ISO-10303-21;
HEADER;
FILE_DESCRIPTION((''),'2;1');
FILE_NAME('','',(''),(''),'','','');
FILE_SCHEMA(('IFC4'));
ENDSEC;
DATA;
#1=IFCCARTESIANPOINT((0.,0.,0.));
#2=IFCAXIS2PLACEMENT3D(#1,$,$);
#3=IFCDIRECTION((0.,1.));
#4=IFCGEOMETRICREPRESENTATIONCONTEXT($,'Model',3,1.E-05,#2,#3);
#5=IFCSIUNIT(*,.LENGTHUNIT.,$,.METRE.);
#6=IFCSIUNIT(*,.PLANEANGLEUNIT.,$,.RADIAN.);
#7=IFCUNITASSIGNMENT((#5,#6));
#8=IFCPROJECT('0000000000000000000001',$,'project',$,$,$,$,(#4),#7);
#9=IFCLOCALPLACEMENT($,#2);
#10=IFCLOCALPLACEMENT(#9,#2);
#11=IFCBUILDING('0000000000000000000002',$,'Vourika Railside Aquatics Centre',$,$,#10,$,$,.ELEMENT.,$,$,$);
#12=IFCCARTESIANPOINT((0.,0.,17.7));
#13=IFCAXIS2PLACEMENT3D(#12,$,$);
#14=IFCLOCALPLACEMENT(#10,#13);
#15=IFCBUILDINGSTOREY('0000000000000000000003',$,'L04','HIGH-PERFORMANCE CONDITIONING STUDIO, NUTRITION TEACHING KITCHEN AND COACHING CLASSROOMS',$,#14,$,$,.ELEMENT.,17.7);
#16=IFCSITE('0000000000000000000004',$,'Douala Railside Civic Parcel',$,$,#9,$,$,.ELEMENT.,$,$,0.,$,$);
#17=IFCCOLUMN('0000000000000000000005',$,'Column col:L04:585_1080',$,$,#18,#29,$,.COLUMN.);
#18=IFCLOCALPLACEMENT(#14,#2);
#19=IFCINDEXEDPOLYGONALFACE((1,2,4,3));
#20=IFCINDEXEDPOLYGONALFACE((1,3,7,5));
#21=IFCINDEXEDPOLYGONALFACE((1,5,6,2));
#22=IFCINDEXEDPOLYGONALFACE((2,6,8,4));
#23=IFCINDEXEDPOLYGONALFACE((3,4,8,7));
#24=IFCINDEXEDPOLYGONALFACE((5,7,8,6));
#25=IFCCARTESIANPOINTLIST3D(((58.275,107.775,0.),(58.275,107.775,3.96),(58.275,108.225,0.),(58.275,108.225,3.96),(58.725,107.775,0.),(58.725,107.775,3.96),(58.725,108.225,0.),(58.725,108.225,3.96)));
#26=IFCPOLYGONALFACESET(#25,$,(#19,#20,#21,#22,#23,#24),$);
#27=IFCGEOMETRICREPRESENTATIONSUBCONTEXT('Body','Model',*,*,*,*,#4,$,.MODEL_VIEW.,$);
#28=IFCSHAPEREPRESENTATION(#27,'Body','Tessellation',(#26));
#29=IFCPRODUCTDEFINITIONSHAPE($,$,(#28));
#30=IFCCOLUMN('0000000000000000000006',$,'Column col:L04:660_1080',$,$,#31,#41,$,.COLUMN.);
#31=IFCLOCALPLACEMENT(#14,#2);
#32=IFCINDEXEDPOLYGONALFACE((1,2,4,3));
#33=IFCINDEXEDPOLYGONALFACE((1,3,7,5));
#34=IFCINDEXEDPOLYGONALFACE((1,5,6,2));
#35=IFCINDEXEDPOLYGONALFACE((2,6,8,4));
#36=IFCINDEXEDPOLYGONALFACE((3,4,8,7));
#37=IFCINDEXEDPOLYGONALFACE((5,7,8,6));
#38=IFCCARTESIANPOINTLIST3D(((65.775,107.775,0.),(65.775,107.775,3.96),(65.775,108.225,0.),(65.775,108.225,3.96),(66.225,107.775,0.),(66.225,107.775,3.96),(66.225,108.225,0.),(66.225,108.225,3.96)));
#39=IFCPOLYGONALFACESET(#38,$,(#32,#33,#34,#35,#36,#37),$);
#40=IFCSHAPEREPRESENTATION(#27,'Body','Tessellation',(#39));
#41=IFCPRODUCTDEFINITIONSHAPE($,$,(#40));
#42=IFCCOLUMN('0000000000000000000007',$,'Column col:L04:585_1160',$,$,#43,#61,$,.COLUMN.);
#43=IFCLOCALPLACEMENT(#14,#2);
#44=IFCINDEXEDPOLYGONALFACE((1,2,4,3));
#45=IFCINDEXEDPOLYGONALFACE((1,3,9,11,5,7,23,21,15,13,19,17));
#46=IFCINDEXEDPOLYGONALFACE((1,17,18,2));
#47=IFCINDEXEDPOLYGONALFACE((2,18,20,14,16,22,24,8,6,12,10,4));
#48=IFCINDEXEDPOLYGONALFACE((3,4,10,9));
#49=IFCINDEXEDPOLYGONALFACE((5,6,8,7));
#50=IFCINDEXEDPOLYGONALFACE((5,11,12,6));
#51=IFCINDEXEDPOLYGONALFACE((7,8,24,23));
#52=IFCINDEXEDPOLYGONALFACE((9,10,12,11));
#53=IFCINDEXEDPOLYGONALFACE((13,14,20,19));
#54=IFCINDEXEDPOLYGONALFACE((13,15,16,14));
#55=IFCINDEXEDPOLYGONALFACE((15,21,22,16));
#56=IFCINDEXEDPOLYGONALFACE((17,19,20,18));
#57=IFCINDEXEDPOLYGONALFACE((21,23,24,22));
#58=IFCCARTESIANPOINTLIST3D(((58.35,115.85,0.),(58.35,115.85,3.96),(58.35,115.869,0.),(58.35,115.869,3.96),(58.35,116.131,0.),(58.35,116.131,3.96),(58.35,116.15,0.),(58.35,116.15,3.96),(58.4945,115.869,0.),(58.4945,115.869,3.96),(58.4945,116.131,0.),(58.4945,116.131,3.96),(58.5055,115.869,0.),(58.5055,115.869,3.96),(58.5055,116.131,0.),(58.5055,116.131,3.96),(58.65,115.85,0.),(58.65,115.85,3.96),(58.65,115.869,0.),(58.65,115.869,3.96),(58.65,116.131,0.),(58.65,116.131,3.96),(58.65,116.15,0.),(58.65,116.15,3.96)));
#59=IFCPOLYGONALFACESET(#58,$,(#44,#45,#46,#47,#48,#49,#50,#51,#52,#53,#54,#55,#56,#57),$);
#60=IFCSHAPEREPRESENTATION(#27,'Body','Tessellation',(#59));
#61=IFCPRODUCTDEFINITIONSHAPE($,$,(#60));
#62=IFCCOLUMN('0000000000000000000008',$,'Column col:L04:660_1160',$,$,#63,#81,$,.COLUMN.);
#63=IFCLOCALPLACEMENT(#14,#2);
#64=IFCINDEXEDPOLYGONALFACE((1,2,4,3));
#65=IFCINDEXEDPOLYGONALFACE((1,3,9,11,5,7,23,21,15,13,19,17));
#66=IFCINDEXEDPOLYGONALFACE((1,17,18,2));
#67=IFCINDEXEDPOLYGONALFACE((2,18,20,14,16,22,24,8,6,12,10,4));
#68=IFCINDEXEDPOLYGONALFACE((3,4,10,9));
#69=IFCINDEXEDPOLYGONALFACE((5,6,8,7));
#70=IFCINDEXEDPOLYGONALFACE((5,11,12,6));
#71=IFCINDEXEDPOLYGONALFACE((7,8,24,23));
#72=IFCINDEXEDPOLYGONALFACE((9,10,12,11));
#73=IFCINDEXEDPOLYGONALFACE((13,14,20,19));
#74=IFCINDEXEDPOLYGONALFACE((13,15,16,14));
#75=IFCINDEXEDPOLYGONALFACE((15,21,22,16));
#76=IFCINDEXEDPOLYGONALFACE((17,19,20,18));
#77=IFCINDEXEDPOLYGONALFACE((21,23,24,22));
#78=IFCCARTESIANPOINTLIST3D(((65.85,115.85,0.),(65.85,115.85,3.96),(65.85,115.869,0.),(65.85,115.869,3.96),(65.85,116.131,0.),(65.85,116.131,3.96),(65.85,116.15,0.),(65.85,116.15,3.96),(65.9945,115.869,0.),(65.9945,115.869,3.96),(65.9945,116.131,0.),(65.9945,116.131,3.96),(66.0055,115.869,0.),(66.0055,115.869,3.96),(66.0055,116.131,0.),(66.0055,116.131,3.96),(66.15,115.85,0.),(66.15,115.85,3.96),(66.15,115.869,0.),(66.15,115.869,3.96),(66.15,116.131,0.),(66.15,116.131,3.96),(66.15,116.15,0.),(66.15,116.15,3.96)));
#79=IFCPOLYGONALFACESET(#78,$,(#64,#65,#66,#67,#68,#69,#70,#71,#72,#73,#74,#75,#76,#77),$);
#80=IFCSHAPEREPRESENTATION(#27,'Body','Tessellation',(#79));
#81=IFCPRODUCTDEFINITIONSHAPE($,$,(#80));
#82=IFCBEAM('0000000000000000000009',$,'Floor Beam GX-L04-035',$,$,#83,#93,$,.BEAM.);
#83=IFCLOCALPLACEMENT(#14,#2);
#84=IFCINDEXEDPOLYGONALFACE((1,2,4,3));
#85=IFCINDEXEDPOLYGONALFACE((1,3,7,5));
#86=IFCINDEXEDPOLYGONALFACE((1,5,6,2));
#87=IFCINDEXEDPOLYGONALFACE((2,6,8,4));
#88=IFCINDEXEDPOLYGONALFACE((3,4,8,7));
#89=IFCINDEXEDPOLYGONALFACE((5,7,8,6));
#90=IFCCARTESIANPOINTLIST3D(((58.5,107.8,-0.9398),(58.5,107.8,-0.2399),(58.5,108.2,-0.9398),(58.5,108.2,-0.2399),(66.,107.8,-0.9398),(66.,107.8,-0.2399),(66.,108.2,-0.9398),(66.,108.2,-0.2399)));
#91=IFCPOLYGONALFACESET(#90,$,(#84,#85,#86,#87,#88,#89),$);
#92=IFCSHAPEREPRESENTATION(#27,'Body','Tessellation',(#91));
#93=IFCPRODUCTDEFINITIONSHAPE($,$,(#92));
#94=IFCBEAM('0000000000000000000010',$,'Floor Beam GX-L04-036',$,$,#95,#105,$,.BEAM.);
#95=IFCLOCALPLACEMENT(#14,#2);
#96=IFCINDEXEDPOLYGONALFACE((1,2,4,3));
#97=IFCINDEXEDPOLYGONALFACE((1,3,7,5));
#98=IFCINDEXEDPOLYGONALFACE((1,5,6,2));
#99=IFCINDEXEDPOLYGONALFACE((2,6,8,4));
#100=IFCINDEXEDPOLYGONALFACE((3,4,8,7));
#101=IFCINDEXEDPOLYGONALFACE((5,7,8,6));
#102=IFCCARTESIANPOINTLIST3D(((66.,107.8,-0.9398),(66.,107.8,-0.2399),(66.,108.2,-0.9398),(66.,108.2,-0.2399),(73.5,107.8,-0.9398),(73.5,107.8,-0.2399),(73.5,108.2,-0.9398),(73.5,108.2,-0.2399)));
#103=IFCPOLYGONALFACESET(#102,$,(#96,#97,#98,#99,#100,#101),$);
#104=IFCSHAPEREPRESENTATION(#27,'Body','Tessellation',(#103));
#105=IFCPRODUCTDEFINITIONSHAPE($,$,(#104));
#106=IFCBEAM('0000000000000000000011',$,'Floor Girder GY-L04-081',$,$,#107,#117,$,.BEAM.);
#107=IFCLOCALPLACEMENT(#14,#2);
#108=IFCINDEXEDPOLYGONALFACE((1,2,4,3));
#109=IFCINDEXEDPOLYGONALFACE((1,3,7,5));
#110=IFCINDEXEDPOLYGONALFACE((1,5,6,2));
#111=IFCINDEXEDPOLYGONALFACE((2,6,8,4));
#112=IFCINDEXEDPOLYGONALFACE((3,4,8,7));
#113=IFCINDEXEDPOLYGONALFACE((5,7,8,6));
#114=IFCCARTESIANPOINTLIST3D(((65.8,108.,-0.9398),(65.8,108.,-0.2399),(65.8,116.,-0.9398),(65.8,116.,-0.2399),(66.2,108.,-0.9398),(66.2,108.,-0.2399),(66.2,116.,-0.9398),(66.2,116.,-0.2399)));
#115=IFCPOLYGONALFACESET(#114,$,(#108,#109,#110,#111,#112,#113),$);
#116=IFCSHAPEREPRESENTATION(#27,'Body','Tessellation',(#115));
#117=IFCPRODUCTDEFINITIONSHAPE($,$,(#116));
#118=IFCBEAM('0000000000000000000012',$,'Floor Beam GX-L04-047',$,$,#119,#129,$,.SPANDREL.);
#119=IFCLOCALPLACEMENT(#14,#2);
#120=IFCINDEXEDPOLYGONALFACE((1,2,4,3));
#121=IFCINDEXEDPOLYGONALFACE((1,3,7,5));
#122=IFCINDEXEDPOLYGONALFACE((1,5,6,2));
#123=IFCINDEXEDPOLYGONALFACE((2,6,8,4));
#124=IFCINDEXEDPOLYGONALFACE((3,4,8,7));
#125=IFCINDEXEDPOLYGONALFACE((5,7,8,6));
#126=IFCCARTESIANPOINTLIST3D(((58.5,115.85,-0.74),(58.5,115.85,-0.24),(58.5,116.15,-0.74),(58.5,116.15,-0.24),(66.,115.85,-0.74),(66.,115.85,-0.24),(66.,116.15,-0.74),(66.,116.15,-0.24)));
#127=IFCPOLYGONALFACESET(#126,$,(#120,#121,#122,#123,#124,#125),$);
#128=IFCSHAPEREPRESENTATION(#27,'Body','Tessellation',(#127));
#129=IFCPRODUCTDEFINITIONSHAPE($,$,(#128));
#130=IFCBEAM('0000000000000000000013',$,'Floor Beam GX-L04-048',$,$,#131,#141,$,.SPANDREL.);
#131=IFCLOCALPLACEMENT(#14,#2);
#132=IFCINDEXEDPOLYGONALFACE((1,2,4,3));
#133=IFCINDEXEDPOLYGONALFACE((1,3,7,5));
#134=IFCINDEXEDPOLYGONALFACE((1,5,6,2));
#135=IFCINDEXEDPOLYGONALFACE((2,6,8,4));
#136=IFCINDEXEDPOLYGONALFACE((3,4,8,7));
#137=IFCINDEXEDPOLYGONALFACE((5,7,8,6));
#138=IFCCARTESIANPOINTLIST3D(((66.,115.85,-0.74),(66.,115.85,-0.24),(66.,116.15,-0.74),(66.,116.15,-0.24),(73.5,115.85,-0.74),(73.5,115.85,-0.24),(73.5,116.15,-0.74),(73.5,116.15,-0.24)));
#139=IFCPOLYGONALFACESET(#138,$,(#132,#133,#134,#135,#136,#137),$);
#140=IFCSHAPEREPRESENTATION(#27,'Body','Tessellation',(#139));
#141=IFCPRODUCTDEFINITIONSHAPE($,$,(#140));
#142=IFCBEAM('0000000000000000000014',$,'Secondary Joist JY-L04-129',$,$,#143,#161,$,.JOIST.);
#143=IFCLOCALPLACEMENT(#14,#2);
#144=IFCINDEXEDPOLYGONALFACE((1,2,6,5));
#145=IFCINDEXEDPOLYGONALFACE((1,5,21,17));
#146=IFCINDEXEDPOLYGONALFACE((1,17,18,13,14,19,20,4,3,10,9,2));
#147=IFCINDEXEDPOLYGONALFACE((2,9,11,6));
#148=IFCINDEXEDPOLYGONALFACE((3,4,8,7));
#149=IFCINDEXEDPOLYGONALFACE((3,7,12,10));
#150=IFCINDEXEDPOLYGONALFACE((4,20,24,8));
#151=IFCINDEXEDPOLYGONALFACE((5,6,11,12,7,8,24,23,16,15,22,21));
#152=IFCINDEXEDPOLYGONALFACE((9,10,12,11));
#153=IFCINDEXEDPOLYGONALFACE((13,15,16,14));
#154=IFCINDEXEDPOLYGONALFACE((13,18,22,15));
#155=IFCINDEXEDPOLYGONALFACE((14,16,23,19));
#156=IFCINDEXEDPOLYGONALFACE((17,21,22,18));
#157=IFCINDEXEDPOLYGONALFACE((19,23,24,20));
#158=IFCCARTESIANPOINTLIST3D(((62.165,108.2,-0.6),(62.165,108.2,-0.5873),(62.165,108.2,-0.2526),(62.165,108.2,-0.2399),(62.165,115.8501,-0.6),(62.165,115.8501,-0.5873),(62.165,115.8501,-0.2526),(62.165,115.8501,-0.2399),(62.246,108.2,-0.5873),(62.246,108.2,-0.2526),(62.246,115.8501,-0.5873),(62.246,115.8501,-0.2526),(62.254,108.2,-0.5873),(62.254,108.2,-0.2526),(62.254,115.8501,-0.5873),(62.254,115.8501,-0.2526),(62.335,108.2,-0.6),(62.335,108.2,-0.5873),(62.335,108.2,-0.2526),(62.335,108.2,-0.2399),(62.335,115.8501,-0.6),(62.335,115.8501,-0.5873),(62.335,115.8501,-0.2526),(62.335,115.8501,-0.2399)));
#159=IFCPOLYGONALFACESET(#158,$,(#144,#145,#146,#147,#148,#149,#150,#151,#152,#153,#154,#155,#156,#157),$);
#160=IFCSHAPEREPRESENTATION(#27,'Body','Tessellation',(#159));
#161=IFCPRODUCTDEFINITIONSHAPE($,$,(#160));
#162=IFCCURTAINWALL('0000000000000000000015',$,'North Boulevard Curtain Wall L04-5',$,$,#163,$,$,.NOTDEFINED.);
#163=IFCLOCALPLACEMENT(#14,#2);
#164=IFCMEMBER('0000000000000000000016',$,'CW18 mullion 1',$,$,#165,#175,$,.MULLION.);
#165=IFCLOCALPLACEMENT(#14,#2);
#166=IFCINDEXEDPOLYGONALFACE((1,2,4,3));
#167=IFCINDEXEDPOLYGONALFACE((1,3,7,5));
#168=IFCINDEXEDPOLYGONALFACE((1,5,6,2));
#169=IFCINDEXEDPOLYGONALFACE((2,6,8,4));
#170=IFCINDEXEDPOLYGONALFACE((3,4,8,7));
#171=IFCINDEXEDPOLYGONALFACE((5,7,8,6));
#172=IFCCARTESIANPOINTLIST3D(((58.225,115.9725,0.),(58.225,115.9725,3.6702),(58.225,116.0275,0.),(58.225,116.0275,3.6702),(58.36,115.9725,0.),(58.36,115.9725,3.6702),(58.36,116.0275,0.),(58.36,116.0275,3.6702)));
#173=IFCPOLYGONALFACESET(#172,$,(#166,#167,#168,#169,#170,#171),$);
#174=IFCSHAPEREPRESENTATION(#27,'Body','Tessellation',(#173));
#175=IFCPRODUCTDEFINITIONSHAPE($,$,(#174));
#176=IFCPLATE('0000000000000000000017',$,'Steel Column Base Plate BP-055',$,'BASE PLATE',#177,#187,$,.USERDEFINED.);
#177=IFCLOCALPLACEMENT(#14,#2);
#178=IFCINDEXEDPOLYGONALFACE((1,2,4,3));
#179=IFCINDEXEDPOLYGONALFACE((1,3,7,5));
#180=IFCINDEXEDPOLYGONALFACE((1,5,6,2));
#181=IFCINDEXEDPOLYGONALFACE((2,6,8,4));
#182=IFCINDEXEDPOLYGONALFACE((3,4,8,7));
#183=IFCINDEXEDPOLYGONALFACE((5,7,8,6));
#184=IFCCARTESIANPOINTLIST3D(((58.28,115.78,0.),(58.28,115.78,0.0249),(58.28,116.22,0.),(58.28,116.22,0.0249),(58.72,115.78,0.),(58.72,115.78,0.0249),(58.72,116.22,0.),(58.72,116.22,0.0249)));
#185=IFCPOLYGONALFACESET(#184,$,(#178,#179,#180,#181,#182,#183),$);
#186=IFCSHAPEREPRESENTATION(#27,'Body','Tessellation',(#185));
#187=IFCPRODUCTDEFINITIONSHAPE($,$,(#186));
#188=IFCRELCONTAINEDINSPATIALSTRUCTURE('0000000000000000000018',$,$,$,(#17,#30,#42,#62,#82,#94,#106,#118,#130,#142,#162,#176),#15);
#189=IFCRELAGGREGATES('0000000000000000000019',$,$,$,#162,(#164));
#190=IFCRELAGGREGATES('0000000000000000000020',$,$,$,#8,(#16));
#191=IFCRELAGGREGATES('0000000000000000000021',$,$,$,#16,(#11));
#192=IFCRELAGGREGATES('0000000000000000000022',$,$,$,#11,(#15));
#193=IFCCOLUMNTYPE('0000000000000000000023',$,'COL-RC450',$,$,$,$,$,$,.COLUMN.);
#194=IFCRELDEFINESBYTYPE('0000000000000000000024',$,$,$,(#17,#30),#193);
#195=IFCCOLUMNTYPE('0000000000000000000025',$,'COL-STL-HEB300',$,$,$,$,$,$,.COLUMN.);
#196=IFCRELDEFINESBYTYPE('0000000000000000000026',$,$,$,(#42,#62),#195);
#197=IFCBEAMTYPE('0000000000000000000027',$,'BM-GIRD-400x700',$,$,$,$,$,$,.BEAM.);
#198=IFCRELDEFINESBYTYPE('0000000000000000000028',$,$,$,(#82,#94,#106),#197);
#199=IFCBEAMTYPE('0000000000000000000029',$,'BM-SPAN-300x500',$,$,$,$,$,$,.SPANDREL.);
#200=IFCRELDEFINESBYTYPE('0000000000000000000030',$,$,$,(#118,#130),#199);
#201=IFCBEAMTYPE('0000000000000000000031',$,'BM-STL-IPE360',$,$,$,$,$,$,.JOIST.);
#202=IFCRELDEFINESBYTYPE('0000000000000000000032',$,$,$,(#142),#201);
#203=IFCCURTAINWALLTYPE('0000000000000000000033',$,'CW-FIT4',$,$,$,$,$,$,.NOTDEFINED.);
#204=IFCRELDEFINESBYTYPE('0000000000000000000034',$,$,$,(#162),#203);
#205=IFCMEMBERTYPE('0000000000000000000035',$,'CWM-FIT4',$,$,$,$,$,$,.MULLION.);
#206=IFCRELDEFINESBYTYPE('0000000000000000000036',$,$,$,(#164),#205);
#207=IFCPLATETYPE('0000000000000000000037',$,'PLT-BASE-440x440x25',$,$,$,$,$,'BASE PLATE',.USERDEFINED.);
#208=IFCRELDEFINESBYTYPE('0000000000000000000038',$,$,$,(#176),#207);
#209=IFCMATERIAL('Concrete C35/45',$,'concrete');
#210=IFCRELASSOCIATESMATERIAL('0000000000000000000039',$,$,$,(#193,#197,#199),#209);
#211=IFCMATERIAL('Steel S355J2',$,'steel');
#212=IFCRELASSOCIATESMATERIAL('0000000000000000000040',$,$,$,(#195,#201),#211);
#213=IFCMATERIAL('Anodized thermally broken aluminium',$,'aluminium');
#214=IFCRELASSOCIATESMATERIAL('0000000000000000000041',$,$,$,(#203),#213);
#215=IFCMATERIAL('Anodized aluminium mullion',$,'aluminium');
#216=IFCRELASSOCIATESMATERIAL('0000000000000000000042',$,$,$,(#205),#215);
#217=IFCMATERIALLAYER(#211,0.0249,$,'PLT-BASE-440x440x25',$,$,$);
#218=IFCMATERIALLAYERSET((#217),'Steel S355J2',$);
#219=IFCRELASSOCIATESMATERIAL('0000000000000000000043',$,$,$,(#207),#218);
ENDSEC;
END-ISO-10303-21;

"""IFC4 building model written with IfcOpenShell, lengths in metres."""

from ifc_helpers import new_model, si_unit, direction, frame, origin, origin_2d, place, context, subcontext, project, spatial, rectangle, i_section, extrude, material, layer, layer_set, material_profile, profile_set, type_object, element, aggregate, save


model = new_model("IFC4")

# Units and contexts
model_context = context("Model", 3, precision=1e-05, world=origin(), true_north=direction((0.0, 1.0)))
body_context = subcontext(model_context, "Body", "Model", "MODEL_VIEW")
ifc_project = project(units=[si_unit("LENGTHUNIT", "METRE"), si_unit("PLANEANGLEUNIT", "RADIAN")], contexts=[model_context])

# Site, building, storey
site_placement = place(None, origin())
site = spatial("IfcSite", under=ifc_project, at=site_placement, Name="Douala Railside Civic Parcel", CompositionType="ELEMENT", RefElevation=0.0)
building_placement = place(site_placement, origin())
building = spatial("IfcBuilding", under=site, at=building_placement, Name="Vourika Railside Aquatics Centre", CompositionType="ELEMENT")
storey_placement = place(building_placement, frame((0.0, 0.0, 17.7)))
storey = spatial("IfcBuildingStorey", under=building, at=storey_placement, Name="L04", Description="HIGH-PERFORMANCE CONDITIONING STUDIO, NUTRITION TEACHING KITCHEN AND COACHING CLASSROOMS", CompositionType="ELEMENT", Elevation=17.7)

# Columns
ifc_material_1 = material(Name="Concrete C35/45", Category="concrete")
ifc_material_profile_1 = material_profile(ifc_material_1, rectangle(XDim=0.45, YDim=0.45, at=origin_2d()), Name="RC 450x450")
ifc_profile_set_1 = profile_set([ifc_material_profile_1], Name="Concrete C35/45")
column_type_1 = type_object("IfcColumnType", Name="COL-RC450", PredefinedType="COLUMN", material=ifc_profile_set_1)
for number, where, z_axis, x_axis, name in (
    (1, (58.5, 108.0, 0.0), (0.0, 0.0, 1.0), (1.0, 0.0, 0.0), "Column col:L04:585_1080"),
    (2, (66.0, 108.0, 0.0), (0.0, 0.0, 1.0), (1.0, 0.0, 0.0), "Column col:L04:660_1080"),
):
    element("IfcColumn", number, at=place(storey_placement, frame(where, z_axis=z_axis, x_axis=x_axis)), inside=storey, type_object=column_type_1, Name=name, PredefinedType="COLUMN", context=body_context, shape_type="SweptSolid", body=[
        extrude(rectangle(XDim=0.45, YDim=0.45, at=origin_2d()), origin(), (0.0, 0.0, 1.0), 3.96),
    ])
ifc_material_2 = material(Name="Steel S355J2", Category="steel")
ifc_material_profile_2 = material_profile(ifc_material_2, i_section(OverallWidth=0.3, OverallDepth=0.3, WebThickness=0.011, FlangeThickness=0.019, at=origin_2d()), Name="HEB 300")
ifc_profile_set_2 = profile_set([ifc_material_profile_2], Name="Steel S355J2")
column_type_2 = type_object("IfcColumnType", Name="COL-STL-HEB300", PredefinedType="COLUMN", material=ifc_profile_set_2)
for number, where, z_axis, x_axis, name in (
    (3, (58.5, 116.0, 0.0), (0.0, 0.0, 1.0), (1.0, 0.0, 0.0), "Column col:L04:585_1160"),
    (4, (66.0, 116.0, 0.0), (0.0, 0.0, 1.0), (1.0, 0.0, 0.0), "Column col:L04:660_1160"),
):
    element("IfcColumn", number, at=place(storey_placement, frame(where, z_axis=z_axis, x_axis=x_axis)), inside=storey, type_object=column_type_2, Name=name, PredefinedType="COLUMN", context=body_context, shape_type="SweptSolid", body=[
        extrude(i_section(OverallWidth=0.3, OverallDepth=0.3, WebThickness=0.011, FlangeThickness=0.019, at=origin_2d()), origin(), (0.0, 0.0, 1.0), 3.96),
    ])

# Beams
ifc_material_profile_3 = material_profile(ifc_material_1, rectangle(XDim=0.3999, YDim=0.7, at=origin_2d()), Name="RC 400x700")
ifc_profile_set_3 = profile_set([ifc_material_profile_3], Name="Concrete C35/45")
beam_type_1 = type_object("IfcBeamType", Name="BM-GIRD-400x700", PredefinedType="BEAM", material=ifc_profile_set_3)
for number, where, z_axis, x_axis, name in (
    (5, (58.5, 108.0, -0.5898), (1.0, 0.0, 0.0), (0.0, 1.0, 0.0), "Floor Beam GX-L04-035"),
    (6, (66.0, 108.0, -0.5898), (1.0, 0.0, 0.0), (0.0, 1.0, 0.0), "Floor Beam GX-L04-036"),
):
    element("IfcBeam", number, at=place(storey_placement, frame(where, z_axis=z_axis, x_axis=x_axis)), inside=storey, type_object=beam_type_1, Name=name, PredefinedType="BEAM", context=body_context, shape_type="SweptSolid", body=[
        extrude(rectangle(XDim=0.3999, YDim=0.7, at=origin_2d()), origin(), (0.0, 0.0, 1.0), 7.5),
    ])
beam_1_placement = place(storey_placement, frame((66.0, 108.0, -0.5898), z_axis=(0.0, 1.0, 0.0), x_axis=(-1.0, 0.0, 0.0)))
element("IfcBeam", 7, at=beam_1_placement, inside=storey, type_object=beam_type_1, Name="Floor Girder GY-L04-081", PredefinedType="BEAM", context=body_context, shape_type="SweptSolid", body=[
    extrude(rectangle(XDim=0.3999, YDim=0.7, at=origin_2d()), origin(), (0.0, 0.0, 1.0), 8.0),
])
ifc_material_profile_4 = material_profile(ifc_material_1, rectangle(XDim=0.3, YDim=0.5, at=origin_2d()), Name="RC 300x500")
ifc_profile_set_4 = profile_set([ifc_material_profile_4], Name="Concrete C35/45")
beam_type_2 = type_object("IfcBeamType", Name="BM-SPAN-300x500", PredefinedType="SPANDREL", material=ifc_profile_set_4)
for number, where, z_axis, x_axis, name in (
    (8, (58.5, 116.0, -0.49), (1.0, 0.0, 0.0), (0.0, 1.0, 0.0), "Floor Beam GX-L04-047"),
    (9, (66.0, 116.0, -0.49), (1.0, 0.0, 0.0), (0.0, 1.0, 0.0), "Floor Beam GX-L04-048"),
):
    element("IfcBeam", number, at=place(storey_placement, frame(where, z_axis=z_axis, x_axis=x_axis)), inside=storey, type_object=beam_type_2, Name=name, PredefinedType="SPANDREL", context=body_context, shape_type="SweptSolid", body=[
        extrude(rectangle(XDim=0.3, YDim=0.5, at=origin_2d()), origin(), (0.0, 0.0, 1.0), 7.5),
    ])
ifc_material_profile_5 = material_profile(ifc_material_2, i_section(OverallWidth=0.1699, OverallDepth=0.3601, WebThickness=0.0081, FlangeThickness=0.0127, at=origin_2d()), Name="IPE 360")
ifc_profile_set_5 = profile_set([ifc_material_profile_5], Name="Steel S355J2")
beam_type_3 = type_object("IfcBeamType", Name="BM-STL-IPE360", PredefinedType="JOIST", material=ifc_profile_set_5)
beam_2_placement = place(storey_placement, frame((62.25, 108.2, -0.4199), z_axis=(0.0, 1.0, 0.0), x_axis=(-1.0, 0.0, 0.0)))
element("IfcBeam", 10, at=beam_2_placement, inside=storey, type_object=beam_type_3, Name="Secondary Joist JY-L04-129", PredefinedType="JOIST", context=body_context, shape_type="SweptSolid", body=[
    extrude(i_section(OverallWidth=0.1699, OverallDepth=0.3601, WebThickness=0.0081, FlangeThickness=0.0127, at=origin_2d()), origin(), (0.0, 0.0, 1.0), 7.6501),
])

# Curtain wall, member
ifc_material_3 = material(Name="Anodized thermally broken aluminium", Category="aluminium")
curtain_wall_type = type_object("IfcCurtainWallType", Name="CW-FIT4", PredefinedType="NOTDEFINED", material=ifc_material_3)
curtain_wall_placement = place(storey_placement, origin())
curtain_wall = element("IfcCurtainWall", 11, at=curtain_wall_placement, inside=storey, type_object=curtain_wall_type, Name="North Boulevard Curtain Wall L04-5", PredefinedType="NOTDEFINED")
ifc_material_4 = material(Name="Anodized aluminium mullion", Category="aluminium")
ifc_material_profile_6 = material_profile(ifc_material_4, rectangle(XDim=0.0549, YDim=0.135, at=origin_2d()), Name="ALU-M 55x135")
ifc_profile_set_6 = profile_set([ifc_material_profile_6], Name="Anodized aluminium mullion")
member_type = type_object("IfcMemberType", Name="CWM-FIT4", PredefinedType="MULLION", material=ifc_profile_set_6)
member_placement = place(storey_placement, frame((58.2925, 116.0, 0.0), z_axis=(0.0, 0.0, 1.0), x_axis=(0.0, -1.0, 0.0)))
member = element("IfcMember", 12, at=member_placement, type_object=member_type, Name="CW18 mullion 1", PredefinedType="MULLION", context=body_context, shape_type="SweptSolid", body=[
    extrude(rectangle(XDim=0.0549, YDim=0.135, at=origin_2d()), origin(), (0.0, 0.0, 1.0), 3.6702),
])
aggregate(curtain_wall, [member])

# Plate
ifc_layer_1 = layer(ifc_material_2, 0.0249, Name="PLT-BASE-440x440x25")
ifc_layer_set_1 = layer_set([ifc_layer_1], Name="Steel S355J2")
plate_type = type_object("IfcPlateType", Name="PLT-BASE-440x440x25", ElementType="BASE PLATE", PredefinedType="USERDEFINED", material=ifc_layer_set_1)
plate_placement = place(storey_placement, frame((58.5, 116.0, 0.0), z_axis=(0.0, 0.0, 1.0), x_axis=(1.0, 0.0, 0.0)))
element("IfcPlate", 13, at=plate_placement, inside=storey, type_object=plate_type, Name="Steel Column Base Plate BP-055", ObjectType="BASE PLATE", PredefinedType="USERDEFINED", context=body_context, shape_type="SweptSolid", body=[
    extrude(rectangle(XDim=0.4399, YDim=0.4399, at=origin_2d()), origin(), (0.0, 0.0, 1.0), 0.0249),
])

save(model, "model.ifc")
